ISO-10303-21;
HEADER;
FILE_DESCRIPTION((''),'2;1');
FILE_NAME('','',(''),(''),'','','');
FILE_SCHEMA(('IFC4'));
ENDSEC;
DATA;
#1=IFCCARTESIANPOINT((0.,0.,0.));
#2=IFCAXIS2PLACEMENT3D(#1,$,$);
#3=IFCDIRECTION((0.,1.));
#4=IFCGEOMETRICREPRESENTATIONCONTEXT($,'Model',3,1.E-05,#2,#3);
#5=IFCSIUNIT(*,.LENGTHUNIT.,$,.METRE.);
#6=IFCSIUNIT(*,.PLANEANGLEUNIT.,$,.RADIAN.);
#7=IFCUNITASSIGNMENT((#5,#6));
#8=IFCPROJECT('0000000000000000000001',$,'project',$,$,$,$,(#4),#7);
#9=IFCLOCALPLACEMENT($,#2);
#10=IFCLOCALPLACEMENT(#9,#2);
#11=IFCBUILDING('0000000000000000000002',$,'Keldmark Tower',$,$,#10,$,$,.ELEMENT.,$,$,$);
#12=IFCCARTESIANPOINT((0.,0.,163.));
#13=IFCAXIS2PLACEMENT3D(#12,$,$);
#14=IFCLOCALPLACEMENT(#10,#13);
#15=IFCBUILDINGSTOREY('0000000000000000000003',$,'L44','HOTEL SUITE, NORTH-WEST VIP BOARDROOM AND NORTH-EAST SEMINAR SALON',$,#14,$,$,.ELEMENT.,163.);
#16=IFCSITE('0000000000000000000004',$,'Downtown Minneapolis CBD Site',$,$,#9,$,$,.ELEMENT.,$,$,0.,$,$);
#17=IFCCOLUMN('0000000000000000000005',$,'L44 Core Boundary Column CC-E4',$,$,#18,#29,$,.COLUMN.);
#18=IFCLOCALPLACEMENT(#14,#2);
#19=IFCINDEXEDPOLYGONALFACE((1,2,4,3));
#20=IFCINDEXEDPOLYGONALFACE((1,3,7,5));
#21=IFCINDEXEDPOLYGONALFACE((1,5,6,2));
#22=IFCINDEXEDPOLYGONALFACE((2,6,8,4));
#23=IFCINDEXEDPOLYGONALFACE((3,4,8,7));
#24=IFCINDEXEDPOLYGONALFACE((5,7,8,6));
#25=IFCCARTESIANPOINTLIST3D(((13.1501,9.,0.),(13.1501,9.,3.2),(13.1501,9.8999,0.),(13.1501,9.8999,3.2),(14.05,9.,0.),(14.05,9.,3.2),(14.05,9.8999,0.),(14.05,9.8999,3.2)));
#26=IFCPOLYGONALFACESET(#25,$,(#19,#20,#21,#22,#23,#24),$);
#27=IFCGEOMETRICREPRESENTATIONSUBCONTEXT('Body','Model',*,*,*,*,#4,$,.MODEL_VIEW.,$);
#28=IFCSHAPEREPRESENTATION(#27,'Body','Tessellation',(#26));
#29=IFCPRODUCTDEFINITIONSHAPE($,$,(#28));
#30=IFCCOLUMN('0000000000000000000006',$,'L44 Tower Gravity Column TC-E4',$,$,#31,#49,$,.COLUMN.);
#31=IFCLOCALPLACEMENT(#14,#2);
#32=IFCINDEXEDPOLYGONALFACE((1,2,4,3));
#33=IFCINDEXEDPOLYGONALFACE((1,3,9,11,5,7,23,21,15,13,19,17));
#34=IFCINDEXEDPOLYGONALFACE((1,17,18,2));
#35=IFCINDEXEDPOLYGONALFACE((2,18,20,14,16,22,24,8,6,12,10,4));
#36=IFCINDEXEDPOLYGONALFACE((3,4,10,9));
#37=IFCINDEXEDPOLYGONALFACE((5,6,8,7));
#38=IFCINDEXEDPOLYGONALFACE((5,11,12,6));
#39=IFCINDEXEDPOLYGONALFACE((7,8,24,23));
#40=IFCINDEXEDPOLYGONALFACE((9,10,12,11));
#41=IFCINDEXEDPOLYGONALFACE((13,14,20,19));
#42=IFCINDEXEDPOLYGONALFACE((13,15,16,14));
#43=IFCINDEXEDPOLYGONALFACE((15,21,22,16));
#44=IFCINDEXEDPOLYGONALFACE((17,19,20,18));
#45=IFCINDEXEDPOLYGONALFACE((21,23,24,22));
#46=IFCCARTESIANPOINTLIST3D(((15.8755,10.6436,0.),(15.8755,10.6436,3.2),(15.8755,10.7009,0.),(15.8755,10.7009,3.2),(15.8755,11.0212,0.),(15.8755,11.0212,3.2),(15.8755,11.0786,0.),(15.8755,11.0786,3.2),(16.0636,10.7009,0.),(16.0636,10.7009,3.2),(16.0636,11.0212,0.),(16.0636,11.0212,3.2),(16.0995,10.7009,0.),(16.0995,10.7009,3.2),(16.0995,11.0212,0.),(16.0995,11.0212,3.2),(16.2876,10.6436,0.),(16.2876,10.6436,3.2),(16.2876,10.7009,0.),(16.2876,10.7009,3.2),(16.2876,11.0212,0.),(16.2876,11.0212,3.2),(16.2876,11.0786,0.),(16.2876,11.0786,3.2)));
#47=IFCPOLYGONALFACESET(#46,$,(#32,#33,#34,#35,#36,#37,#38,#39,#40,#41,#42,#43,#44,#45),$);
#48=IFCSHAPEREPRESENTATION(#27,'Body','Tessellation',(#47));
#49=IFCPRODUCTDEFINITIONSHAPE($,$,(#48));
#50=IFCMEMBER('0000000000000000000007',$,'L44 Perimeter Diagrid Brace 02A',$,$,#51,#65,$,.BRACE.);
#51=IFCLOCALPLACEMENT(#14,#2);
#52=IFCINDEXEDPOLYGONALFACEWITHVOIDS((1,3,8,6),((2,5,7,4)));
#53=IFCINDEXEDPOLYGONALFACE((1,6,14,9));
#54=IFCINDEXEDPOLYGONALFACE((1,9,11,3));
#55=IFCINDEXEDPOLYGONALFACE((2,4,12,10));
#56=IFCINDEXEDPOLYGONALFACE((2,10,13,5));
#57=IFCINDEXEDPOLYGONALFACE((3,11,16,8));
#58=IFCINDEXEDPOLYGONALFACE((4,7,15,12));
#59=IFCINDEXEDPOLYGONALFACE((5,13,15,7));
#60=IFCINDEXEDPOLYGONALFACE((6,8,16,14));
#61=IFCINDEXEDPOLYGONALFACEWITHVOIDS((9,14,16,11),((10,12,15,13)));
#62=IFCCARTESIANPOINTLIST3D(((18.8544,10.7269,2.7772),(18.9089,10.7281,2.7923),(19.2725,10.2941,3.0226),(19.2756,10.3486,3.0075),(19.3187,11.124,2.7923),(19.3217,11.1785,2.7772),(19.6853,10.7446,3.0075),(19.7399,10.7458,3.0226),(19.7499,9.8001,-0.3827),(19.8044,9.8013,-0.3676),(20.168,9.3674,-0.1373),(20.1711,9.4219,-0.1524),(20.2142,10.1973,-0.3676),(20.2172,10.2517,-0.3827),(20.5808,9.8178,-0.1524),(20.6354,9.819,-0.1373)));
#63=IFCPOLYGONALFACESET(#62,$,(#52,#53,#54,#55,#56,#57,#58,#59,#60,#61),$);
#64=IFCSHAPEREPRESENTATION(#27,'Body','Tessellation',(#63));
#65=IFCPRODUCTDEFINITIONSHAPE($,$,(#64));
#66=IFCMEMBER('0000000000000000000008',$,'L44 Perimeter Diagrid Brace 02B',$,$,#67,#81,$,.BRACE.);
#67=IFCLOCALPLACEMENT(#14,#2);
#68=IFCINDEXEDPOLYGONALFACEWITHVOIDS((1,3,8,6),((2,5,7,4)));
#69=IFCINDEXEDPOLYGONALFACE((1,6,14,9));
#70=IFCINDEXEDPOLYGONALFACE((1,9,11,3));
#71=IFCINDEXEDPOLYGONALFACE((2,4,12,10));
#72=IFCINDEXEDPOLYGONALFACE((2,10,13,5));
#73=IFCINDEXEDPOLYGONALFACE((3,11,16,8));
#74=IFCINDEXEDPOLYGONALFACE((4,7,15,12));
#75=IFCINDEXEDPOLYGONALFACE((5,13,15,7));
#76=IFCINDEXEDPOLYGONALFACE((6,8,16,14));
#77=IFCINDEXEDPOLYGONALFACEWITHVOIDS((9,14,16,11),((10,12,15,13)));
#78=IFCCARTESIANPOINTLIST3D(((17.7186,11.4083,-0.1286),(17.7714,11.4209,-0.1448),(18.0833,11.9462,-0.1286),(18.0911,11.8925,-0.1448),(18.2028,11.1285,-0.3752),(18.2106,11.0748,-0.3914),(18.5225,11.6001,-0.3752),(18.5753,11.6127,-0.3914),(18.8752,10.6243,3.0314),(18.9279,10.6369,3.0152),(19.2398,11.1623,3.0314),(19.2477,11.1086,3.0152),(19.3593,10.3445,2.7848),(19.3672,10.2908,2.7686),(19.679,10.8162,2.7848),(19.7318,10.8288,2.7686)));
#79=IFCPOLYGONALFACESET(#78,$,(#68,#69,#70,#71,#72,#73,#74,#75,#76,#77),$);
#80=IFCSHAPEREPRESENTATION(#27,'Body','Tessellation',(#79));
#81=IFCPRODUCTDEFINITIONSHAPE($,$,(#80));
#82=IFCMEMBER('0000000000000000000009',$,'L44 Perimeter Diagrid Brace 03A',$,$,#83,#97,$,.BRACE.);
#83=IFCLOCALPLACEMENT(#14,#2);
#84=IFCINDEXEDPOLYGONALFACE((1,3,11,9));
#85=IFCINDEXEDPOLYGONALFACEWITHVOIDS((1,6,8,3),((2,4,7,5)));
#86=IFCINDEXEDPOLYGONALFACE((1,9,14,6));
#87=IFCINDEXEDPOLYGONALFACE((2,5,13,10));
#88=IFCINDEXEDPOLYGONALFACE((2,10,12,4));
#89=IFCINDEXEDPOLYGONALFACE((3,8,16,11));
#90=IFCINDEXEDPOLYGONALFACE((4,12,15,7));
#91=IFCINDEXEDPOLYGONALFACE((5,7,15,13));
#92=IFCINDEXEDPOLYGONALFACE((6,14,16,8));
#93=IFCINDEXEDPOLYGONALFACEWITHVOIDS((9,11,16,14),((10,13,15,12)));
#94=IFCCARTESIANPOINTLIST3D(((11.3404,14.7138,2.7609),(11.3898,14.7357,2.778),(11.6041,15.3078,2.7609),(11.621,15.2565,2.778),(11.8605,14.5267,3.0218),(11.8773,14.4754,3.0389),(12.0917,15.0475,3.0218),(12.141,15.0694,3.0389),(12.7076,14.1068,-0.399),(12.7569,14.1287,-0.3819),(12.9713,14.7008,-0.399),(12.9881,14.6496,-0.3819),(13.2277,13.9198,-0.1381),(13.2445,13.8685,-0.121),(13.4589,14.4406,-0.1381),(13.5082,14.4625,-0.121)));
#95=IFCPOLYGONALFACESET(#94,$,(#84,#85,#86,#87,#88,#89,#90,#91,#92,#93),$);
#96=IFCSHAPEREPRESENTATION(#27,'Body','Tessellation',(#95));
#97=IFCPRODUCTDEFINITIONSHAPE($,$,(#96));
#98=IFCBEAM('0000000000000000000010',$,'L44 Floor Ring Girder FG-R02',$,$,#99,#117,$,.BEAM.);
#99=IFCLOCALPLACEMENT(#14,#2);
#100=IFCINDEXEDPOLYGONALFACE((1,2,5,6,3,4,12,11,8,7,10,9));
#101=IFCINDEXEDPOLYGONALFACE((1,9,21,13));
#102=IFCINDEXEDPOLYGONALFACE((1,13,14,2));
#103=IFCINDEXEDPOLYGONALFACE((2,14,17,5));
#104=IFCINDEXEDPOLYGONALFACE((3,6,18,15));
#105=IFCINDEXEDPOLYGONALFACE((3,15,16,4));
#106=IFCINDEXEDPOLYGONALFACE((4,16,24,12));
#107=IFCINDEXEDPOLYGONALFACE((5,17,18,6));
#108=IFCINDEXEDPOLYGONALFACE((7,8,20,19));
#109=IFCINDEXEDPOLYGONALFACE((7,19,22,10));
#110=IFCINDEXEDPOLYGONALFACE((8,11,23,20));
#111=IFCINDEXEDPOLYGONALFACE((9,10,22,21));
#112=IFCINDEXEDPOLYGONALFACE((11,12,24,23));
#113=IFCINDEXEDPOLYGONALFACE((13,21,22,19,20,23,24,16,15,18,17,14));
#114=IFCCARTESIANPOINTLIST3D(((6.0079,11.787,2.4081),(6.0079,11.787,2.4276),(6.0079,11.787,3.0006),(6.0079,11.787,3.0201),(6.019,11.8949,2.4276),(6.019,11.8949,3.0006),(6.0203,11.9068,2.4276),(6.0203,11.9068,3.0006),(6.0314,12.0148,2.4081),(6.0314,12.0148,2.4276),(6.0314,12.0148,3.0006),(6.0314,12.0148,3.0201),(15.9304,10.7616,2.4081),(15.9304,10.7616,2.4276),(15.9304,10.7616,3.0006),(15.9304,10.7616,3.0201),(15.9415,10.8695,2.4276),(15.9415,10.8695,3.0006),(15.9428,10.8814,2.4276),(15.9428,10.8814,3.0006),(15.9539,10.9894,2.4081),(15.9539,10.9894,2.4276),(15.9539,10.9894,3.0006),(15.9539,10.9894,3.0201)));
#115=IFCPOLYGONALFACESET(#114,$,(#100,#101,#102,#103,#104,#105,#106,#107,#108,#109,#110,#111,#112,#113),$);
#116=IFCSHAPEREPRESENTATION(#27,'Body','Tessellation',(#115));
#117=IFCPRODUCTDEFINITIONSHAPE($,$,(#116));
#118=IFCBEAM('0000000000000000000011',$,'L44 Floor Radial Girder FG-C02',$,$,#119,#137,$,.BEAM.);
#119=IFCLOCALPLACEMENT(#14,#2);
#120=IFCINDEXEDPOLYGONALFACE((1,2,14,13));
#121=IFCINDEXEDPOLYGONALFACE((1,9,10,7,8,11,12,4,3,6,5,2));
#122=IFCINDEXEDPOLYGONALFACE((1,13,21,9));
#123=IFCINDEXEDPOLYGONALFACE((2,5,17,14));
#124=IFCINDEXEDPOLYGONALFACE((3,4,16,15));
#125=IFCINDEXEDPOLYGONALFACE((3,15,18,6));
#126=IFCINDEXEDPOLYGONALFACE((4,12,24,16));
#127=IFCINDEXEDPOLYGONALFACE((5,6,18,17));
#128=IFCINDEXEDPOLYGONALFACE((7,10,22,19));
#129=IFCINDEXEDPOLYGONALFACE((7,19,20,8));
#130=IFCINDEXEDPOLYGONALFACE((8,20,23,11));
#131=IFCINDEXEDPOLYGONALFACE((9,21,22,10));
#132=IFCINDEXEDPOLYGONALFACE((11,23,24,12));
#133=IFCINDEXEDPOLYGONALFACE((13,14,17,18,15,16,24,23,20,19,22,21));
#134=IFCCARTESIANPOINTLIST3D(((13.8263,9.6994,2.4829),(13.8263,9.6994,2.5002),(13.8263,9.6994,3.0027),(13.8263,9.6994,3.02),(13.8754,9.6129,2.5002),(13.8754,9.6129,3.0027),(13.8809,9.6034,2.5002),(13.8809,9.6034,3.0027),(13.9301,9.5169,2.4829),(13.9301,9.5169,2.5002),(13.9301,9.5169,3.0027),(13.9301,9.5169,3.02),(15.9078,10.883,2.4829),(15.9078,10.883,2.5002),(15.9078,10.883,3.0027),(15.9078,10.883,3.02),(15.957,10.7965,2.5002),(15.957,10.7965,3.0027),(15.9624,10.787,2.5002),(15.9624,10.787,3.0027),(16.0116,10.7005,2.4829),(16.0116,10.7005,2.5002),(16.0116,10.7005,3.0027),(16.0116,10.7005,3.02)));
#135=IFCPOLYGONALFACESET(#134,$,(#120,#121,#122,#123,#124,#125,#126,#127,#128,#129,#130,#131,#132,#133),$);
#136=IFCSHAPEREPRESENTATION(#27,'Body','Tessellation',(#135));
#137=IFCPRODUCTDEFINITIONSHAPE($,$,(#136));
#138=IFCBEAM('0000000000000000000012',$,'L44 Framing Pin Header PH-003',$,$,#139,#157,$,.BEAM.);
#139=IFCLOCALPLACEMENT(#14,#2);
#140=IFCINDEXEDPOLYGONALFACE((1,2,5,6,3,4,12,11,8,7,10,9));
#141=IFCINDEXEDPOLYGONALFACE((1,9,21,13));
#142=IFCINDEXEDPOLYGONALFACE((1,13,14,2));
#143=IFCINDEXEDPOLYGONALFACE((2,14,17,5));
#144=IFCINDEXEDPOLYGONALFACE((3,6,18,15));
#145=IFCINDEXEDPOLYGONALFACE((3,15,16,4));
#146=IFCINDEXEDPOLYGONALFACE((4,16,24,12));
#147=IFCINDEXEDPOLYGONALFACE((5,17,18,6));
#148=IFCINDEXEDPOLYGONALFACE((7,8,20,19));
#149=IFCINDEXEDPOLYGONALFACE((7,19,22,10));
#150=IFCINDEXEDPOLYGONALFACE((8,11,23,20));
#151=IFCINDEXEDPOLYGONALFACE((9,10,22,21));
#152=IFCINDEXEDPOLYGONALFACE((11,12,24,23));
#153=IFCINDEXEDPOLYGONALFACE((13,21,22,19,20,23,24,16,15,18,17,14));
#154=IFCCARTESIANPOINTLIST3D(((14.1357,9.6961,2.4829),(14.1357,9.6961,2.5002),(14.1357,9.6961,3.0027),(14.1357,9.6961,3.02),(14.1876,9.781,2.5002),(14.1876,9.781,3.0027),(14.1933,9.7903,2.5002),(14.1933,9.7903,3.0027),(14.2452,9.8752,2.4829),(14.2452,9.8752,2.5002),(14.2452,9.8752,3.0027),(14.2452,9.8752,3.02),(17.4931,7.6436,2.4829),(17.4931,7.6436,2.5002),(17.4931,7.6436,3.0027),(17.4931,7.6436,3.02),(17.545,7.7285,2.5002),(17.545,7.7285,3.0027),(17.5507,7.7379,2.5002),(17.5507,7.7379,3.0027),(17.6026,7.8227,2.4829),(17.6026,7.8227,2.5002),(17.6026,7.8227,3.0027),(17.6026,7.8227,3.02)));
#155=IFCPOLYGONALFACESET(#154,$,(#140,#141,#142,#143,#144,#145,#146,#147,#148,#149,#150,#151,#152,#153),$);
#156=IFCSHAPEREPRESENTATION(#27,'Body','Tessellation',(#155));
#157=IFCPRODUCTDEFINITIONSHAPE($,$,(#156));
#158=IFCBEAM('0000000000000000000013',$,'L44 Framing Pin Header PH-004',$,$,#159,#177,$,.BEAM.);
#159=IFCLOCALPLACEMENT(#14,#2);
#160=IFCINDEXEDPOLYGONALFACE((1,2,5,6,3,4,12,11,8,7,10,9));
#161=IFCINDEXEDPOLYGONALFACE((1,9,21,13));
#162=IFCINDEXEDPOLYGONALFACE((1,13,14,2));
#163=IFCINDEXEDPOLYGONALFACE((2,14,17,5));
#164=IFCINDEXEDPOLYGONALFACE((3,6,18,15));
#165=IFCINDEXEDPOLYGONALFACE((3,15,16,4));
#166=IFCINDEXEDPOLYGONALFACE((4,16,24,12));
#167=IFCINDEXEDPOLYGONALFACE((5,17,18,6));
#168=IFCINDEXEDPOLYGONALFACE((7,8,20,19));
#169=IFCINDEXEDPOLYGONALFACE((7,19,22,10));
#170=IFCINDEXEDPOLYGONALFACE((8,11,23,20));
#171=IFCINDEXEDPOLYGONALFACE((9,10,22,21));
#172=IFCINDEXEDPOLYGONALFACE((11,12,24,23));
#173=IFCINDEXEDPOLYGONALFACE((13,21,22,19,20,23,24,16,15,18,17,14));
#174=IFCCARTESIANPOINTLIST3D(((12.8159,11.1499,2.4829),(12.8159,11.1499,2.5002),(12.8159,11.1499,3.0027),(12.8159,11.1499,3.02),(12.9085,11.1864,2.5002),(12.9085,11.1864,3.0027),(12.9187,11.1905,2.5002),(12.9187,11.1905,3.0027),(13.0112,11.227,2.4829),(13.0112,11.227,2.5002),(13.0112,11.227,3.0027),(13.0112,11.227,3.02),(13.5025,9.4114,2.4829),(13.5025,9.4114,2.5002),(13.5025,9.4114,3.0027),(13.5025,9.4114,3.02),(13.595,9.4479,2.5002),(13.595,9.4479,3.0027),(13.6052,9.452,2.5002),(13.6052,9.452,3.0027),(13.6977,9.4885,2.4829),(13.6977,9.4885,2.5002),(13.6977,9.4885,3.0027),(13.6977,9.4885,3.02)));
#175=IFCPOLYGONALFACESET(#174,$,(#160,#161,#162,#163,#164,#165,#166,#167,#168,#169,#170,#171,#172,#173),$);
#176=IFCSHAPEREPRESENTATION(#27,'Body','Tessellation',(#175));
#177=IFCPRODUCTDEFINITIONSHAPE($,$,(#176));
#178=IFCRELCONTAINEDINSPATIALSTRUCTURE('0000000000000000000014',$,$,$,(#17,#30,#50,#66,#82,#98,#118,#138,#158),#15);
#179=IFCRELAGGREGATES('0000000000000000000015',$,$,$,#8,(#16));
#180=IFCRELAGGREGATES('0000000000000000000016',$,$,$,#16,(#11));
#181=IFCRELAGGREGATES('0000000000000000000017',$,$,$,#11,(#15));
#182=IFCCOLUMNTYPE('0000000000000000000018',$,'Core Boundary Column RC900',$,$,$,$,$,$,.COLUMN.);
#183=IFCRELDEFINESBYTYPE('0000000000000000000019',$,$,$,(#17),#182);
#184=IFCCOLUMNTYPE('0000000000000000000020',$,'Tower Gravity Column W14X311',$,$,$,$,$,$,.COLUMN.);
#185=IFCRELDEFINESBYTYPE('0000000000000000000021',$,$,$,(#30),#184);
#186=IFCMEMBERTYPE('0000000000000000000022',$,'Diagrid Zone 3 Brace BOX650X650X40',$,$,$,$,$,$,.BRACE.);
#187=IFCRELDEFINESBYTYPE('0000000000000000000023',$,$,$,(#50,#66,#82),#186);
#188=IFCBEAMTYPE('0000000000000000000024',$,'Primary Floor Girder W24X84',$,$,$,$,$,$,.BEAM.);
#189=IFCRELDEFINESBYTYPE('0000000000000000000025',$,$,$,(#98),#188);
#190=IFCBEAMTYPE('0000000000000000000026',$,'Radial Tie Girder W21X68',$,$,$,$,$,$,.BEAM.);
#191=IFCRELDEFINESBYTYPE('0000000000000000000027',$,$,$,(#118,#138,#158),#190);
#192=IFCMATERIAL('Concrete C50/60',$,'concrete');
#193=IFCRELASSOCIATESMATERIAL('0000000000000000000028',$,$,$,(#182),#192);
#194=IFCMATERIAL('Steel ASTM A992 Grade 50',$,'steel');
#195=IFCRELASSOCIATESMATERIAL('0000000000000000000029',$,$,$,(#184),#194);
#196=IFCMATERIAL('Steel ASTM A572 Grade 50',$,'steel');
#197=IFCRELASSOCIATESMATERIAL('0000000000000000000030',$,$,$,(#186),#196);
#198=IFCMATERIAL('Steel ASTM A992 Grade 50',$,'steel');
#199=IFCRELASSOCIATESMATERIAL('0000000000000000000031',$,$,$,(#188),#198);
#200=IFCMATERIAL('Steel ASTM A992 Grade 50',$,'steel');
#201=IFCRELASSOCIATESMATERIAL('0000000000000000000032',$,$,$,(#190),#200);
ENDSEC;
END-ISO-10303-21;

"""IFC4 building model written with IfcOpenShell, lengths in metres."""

from ifc_helpers import new_model, si_unit, direction, frame, origin, origin_2d, place, context, subcontext, project, spatial, rectangle, hollow_rectangle, i_section, extrude, material, material_profile, profile_set, type_object, element, save


model = new_model("IFC4")

# Units and contexts
model_context = context("Model", 3, precision=1e-05, world=origin(), true_north=direction((0.0, 1.0)))
body_context = subcontext(model_context, "Body", "Model", "MODEL_VIEW")
ifc_project = project(units=[si_unit("LENGTHUNIT", "METRE"), si_unit("PLANEANGLEUNIT", "RADIAN")], contexts=[model_context])

# Site, building, storey
site_placement = place(None, origin())
site = spatial("IfcSite", under=ifc_project, at=site_placement, Name="Downtown Minneapolis CBD Site", CompositionType="ELEMENT", RefElevation=0.0)
building_placement = place(site_placement, origin())
building = spatial("IfcBuilding", under=site, at=building_placement, Name="Keldmark Tower", CompositionType="ELEMENT")
storey_placement = place(building_placement, frame((0.0, 0.0, 163.0)))
storey = spatial("IfcBuildingStorey", under=building, at=storey_placement, Name="L44", Description="HOTEL SUITE, NORTH-WEST VIP BOARDROOM AND NORTH-EAST SEMINAR SALON", CompositionType="ELEMENT", Elevation=163.0)

# Columns
ifc_material_1 = material(Name="Concrete C50/60", Category="concrete")
ifc_material_profile_1 = material_profile(ifc_material_1, rectangle(XDim=0.8999, YDim=0.8999, at=origin_2d()), Name="RC900X900")
ifc_profile_set_1 = profile_set([ifc_material_profile_1], Name="Concrete C50/60")
column_type_1 = type_object("IfcColumnType", Name="Core Boundary Column RC900", PredefinedType="COLUMN", material=ifc_profile_set_1)
column_1_placement = place(storey_placement, frame((13.6001, 9.45, 0.0), z_axis=(0.0, 0.0, 1.0), x_axis=(1.0, 0.0, 0.0)))
element("IfcColumn", 1, at=column_1_placement, inside=storey, type_object=column_type_1, Name="L44 Core Boundary Column CC-E4", PredefinedType="COLUMN", context=body_context, shape_type="SweptSolid", body=[
    extrude(rectangle(XDim=0.8999, YDim=0.8999, at=origin_2d()), origin(), (0.0, 0.0, 1.0), 3.2),
])
ifc_material_2 = material(Name="Steel ASTM A992 Grade 50", Category="steel")
ifc_material_profile_2 = material_profile(ifc_material_2, i_section(OverallWidth=0.4121, OverallDepth=0.4351, WebThickness=0.0359, FlangeThickness=0.0574, at=origin_2d()), Name="W14X311")
ifc_profile_set_2 = profile_set([ifc_material_profile_2], Name="Steel ASTM A992 Grade 50")
column_type_2 = type_object("IfcColumnType", Name="Tower Gravity Column W14X311", PredefinedType="COLUMN", material=ifc_profile_set_2)
column_2_placement = place(storey_placement, frame((16.0815, 10.8611, 0.0), z_axis=(0.0, 0.0, 1.0), x_axis=(1.0, 0.0, 0.0)))
element("IfcColumn", 2, at=column_2_placement, inside=storey, type_object=column_type_2, Name="L44 Tower Gravity Column TC-E4", PredefinedType="COLUMN", context=body_context, shape_type="SweptSolid", body=[
    extrude(i_section(OverallWidth=0.4121, OverallDepth=0.4351, WebThickness=0.0359, FlangeThickness=0.0574, at=origin_2d()), origin(), (0.0, 0.0, 1.0), 3.2),
])

# Members
ifc_material_3 = material(Name="Steel ASTM A572 Grade 50", Category="steel")
ifc_material_profile_3 = material_profile(ifc_material_3, hollow_rectangle(XDim=0.6499, YDim=0.6499, WallThickness=0.04, at=origin_2d()), Name="BOX650X650X40")
ifc_profile_set_3 = profile_set([ifc_material_profile_3], Name="Steel ASTM A572 Grade 50")
member_type = type_object("IfcMemberType", Name="Diagrid Zone 3 Brace BOX650X650X40", PredefinedType="BRACE", material=ifc_profile_set_3)
member_1_placement = place(storey_placement, frame((20.1926, 9.8096, -0.26), z_axis=(-0.262412, 0.271569, 0.925954), x_axis=(-0.719127, -0.694878, 0.0)))
element("IfcMember", 3, at=member_1_placement, inside=storey, type_object=member_type, Name="L44 Perimeter Diagrid Brace 02A", PredefinedType="BRACE", context=body_context, shape_type="SweptSolid", body=[
    extrude(hollow_rectangle(XDim=0.6499, YDim=0.6499, WallThickness=0.04, at=origin_2d()), origin(), (0.0, 0.0, 1.0), 3.4126),
])
member_2_placement = place(storey_placement, frame((18.147, 11.5105, -0.26), z_axis=(0.33473, -0.226898, 0.914589), x_axis=(0.561095, 0.827751, 0.0)))
element("IfcMember", 4, at=member_2_placement, inside=storey, type_object=member_type, Name="L44 Perimeter Diagrid Brace 02B", PredefinedType="BRACE", context=body_context, shape_type="SweptSolid", body=[
    extrude(hollow_rectangle(XDim=0.6499, YDim=0.6499, WallThickness=0.04, at=origin_2d()), origin(), (0.0, 0.0, 1.0), 3.4551),
])
member_3_placement = place(storey_placement, frame((13.1079, 14.2847, -0.26), z_axis=(-0.391062, 0.173604, 0.903843), x_axis=(-0.405745, -0.913986, 0.0)))
element("IfcMember", 5, at=member_3_placement, inside=storey, type_object=member_type, Name="L44 Perimeter Diagrid Brace 03A", PredefinedType="BRACE", context=body_context, shape_type="SweptSolid", body=[
    extrude(hollow_rectangle(XDim=0.6499, YDim=0.6499, WallThickness=0.04, at=origin_2d()), origin(), (0.0, 0.0, 1.0), 3.4961),
])

# Beams
ifc_material_4 = material(Name="Steel ASTM A992 Grade 50", Category="steel")
ifc_material_profile_4 = material_profile(ifc_material_4, i_section(OverallWidth=0.229, OverallDepth=0.6121, WebThickness=0.012, FlangeThickness=0.0195, at=origin_2d()), Name="W24X84")
ifc_profile_set_4 = profile_set([ifc_material_profile_4], Name="Steel ASTM A992 Grade 50")
beam_type_1 = type_object("IfcBeamType", Name="Primary Floor Girder W24X84", PredefinedType="BEAM", material=ifc_profile_set_4)
beam_1_placement = place(storey_placement, frame((15.9421, 10.8755, 2.7141), z_axis=(-0.994703, 0.102791, 0.0), x_axis=(-0.102791, -0.994703, 0.0)))
element("IfcBeam", 6, at=beam_1_placement, inside=storey, type_object=beam_type_1, Name="L44 Floor Ring Girder FG-R02", PredefinedType="BEAM", context=body_context, shape_type="SweptSolid", body=[
    extrude(i_section(OverallWidth=0.229, OverallDepth=0.6121, WebThickness=0.012, FlangeThickness=0.0195, at=origin_2d()), origin(), (0.0, 0.0, 1.0), 9.9753),
])
ifc_material_5 = material(Name="Steel ASTM A992 Grade 50", Category="steel")
ifc_material_profile_5 = material_profile(ifc_material_5, i_section(OverallWidth=0.21, OverallDepth=0.5371, WebThickness=0.011, FlangeThickness=0.0173, at=origin_2d()), Name="W21X68")
ifc_profile_set_5 = profile_set([ifc_material_profile_5], Name="Steel ASTM A992 Grade 50")
beam_type_2 = type_object("IfcBeamType", Name="Radial Tie Girder W21X68", PredefinedType="BEAM", material=ifc_profile_set_5)
beam_2_placement = place(storey_placement, frame((15.9597, 10.7917, 2.7515), z_axis=(-0.869295, -0.494293, 0.0), x_axis=(0.494293, -0.869295, 0.0)))
element("IfcBeam", 7, at=beam_2_placement, inside=storey, type_object=beam_type_2, Name="L44 Floor Radial Girder FG-C02", PredefinedType="BEAM", context=body_context, shape_type="SweptSolid", body=[
    extrude(i_section(OverallWidth=0.21, OverallDepth=0.5371, WebThickness=0.011, FlangeThickness=0.0173, at=origin_2d()), origin(), (0.0, 0.0, 1.0), 2.3945),
])
beam_3_placement = place(storey_placement, frame((14.1904, 9.7856, 2.7515), z_axis=(0.853199, -0.521586, 0.0), x_axis=(0.521586, 0.853199, 0.0)))
element("IfcBeam", 8, at=beam_3_placement, inside=storey, type_object=beam_type_2, Name="L44 Framing Pin Header PH-003", PredefinedType="BEAM", context=body_context, shape_type="SweptSolid", body=[
    extrude(i_section(OverallWidth=0.21, OverallDepth=0.5371, WebThickness=0.011, FlangeThickness=0.0173, at=origin_2d()), origin(), (0.0, 0.0, 1.0), 3.9351),
])
beam_4_placement = place(storey_placement, frame((13.6001, 9.45, 2.7515), z_axis=(-0.367288, 0.930107, 0.0), x_axis=(-0.930107, -0.367288, 0.0)))
element("IfcBeam", 9, at=beam_4_placement, inside=storey, type_object=beam_type_2, Name="L44 Framing Pin Header PH-004", PredefinedType="BEAM", context=body_context, shape_type="SweptSolid", body=[
    extrude(i_section(OverallWidth=0.21, OverallDepth=0.5371, WebThickness=0.011, FlangeThickness=0.0173, at=origin_2d()), origin(), (0.0, 0.0, 1.0), 1.8691),
])

save(model, "model.ifc")
